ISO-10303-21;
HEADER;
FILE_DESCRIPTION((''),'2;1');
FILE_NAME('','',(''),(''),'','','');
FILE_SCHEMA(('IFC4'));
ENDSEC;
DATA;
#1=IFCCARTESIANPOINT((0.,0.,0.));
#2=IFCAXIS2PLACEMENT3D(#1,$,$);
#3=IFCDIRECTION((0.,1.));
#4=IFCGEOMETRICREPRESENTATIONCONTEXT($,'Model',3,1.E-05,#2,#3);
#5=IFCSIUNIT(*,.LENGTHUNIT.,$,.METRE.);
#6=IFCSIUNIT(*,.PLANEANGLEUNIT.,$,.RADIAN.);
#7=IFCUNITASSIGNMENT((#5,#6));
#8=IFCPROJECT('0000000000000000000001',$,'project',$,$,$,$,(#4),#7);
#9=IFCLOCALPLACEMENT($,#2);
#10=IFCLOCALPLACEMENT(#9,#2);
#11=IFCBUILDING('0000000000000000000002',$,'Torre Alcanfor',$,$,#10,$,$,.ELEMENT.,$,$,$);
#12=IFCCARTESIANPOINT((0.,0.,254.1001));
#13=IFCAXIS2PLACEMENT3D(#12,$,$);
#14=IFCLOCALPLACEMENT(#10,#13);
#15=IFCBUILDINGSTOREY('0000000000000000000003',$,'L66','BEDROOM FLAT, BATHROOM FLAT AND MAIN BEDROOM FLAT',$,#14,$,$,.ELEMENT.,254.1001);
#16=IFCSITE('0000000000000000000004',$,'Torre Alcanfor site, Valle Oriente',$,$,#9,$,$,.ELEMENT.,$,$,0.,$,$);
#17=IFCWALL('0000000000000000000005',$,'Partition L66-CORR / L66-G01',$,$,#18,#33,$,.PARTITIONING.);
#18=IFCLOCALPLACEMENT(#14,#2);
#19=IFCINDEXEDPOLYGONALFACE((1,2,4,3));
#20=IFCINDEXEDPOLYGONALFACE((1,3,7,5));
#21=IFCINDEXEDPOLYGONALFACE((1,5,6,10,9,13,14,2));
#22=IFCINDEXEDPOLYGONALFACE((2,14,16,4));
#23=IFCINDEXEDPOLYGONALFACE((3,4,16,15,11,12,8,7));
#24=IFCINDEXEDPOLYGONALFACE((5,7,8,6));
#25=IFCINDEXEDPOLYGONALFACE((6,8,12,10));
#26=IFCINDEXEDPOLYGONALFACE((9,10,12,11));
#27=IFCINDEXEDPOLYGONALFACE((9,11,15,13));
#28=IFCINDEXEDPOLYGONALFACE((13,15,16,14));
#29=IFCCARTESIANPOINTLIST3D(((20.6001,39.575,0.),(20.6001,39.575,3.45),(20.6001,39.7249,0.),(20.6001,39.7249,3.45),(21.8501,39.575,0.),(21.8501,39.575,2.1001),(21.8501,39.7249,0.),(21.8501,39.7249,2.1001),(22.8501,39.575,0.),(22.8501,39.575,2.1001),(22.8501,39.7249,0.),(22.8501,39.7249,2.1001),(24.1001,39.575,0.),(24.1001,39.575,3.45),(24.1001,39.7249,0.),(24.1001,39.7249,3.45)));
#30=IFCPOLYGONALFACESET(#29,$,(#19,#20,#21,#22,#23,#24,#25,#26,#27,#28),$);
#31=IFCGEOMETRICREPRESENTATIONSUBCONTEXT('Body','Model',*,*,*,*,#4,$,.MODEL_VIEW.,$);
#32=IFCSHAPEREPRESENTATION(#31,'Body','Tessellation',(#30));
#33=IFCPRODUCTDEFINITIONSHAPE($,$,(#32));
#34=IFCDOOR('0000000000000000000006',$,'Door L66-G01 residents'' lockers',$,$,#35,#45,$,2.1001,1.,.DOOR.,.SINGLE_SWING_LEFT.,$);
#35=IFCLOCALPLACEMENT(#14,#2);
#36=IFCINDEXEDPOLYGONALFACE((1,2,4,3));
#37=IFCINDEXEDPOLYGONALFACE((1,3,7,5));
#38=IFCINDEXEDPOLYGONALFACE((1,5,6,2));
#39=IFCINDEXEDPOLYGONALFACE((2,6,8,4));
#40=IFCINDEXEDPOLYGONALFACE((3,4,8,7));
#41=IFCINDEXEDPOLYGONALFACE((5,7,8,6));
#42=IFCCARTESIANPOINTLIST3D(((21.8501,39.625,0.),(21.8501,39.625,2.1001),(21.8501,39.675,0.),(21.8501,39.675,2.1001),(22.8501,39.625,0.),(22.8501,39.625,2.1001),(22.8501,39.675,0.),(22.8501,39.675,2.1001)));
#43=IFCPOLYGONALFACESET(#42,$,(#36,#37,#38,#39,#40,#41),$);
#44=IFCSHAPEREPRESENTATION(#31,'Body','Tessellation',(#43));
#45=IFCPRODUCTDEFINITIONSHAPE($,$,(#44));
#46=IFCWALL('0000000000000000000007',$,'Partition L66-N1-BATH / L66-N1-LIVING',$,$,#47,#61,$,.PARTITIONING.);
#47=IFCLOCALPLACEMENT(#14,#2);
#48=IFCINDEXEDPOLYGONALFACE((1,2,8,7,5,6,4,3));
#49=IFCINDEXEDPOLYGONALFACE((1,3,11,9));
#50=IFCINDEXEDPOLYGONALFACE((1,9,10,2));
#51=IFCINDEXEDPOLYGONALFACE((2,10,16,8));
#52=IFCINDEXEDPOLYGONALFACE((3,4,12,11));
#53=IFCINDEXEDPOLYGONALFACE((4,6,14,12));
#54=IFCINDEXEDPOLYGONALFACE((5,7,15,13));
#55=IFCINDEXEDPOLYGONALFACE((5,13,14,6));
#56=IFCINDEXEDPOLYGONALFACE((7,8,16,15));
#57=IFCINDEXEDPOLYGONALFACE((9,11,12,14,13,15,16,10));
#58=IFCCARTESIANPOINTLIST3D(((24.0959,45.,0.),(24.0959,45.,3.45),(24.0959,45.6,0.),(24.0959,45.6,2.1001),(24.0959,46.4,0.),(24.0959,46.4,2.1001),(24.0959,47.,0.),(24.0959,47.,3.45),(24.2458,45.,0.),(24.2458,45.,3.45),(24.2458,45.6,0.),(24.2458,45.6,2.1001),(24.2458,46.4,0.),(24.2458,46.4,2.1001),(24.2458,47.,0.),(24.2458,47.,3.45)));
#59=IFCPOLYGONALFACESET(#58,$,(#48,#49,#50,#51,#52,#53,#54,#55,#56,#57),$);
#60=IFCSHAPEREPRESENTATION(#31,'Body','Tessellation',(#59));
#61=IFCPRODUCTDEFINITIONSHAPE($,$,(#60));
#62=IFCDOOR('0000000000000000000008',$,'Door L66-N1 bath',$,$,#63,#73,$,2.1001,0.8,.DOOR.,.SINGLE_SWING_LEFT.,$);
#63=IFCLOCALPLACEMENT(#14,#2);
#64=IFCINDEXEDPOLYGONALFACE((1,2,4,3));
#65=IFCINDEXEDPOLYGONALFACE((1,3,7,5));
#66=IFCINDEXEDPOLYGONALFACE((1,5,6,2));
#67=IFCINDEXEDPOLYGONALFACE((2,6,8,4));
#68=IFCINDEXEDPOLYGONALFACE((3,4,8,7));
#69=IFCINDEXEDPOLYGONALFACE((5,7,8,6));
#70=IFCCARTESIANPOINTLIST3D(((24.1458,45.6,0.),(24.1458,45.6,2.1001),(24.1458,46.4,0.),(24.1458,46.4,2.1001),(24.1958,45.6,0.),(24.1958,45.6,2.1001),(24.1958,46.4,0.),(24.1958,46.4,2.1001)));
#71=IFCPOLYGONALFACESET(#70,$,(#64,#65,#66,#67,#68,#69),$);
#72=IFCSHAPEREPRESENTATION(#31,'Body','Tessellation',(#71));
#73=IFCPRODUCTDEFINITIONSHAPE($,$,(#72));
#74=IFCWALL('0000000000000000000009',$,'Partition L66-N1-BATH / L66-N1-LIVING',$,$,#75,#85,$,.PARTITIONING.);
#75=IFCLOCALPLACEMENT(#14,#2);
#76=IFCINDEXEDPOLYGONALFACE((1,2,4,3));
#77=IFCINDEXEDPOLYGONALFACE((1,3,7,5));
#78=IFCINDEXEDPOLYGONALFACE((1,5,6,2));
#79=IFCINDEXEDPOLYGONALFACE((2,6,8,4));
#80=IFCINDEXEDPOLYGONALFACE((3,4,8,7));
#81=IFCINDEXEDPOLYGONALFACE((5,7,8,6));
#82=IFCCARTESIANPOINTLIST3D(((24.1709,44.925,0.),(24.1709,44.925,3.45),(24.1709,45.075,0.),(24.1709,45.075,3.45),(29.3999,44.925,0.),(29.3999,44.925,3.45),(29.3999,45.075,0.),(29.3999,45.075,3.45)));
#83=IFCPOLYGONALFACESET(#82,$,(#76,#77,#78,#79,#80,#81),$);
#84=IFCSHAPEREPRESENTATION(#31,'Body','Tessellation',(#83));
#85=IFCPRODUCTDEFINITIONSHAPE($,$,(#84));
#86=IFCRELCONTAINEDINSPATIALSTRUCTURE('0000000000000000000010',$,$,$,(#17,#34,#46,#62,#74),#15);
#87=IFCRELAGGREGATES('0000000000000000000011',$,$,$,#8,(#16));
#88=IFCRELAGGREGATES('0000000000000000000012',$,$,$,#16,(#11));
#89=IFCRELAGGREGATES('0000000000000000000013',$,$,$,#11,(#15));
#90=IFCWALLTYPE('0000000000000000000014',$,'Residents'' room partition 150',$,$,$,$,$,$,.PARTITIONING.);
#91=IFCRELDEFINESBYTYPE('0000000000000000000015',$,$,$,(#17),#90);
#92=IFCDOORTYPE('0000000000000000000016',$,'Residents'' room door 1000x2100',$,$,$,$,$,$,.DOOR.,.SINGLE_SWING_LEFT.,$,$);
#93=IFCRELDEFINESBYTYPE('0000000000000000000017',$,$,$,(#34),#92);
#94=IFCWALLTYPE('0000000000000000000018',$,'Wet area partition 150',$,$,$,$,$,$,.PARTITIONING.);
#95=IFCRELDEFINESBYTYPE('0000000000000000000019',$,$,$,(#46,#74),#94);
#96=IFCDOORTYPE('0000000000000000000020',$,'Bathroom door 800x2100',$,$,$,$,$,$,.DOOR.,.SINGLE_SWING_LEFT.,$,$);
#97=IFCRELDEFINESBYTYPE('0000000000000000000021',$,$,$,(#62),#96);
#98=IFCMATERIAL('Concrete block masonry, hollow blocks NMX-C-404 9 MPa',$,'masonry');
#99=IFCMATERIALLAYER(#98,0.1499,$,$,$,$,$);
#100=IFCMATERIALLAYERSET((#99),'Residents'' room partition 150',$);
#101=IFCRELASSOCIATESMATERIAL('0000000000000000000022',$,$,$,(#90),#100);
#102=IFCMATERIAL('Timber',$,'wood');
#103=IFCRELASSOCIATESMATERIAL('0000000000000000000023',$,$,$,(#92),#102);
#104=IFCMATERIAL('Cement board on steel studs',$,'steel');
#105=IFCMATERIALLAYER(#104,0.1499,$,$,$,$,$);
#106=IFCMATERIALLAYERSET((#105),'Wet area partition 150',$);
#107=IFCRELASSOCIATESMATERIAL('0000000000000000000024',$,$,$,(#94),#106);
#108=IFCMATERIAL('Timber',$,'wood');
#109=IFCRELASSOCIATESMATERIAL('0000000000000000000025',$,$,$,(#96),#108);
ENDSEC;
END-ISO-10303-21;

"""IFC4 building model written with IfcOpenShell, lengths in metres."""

from ifc_helpers import new_model, si_unit, direction, frame, frame_2d, origin, place, context, subcontext, project, spatial, rectangle, extrude, material, layer, layer_set, type_object, element, fill, save


model = new_model("IFC4")

# Units and contexts
model_context = context("Model", 3, precision=1e-05, world=origin(), true_north=direction((0.0, 1.0)))
body_context = subcontext(model_context, "Body", "Model", "MODEL_VIEW")
ifc_project = project(units=[si_unit("LENGTHUNIT", "METRE"), si_unit("PLANEANGLEUNIT", "RADIAN")], contexts=[model_context])

# Site, building, storey
site_placement = place(None, origin())
site = spatial("IfcSite", under=ifc_project, at=site_placement, Name="Torre Alcanfor site, Valle Oriente", CompositionType="ELEMENT", RefElevation=0.0)
building_placement = place(site_placement, origin())
building = spatial("IfcBuilding", under=site, at=building_placement, Name="Torre Alcanfor", CompositionType="ELEMENT")
storey_placement = place(building_placement, frame((0.0, 0.0, 254.1001)))
storey = spatial("IfcBuildingStorey", under=building, at=storey_placement, Name="L66", Description="BEDROOM FLAT, BATHROOM FLAT AND MAIN BEDROOM FLAT", CompositionType="ELEMENT", Elevation=254.1001)

# Walls, openings, doors
ifc_material_1 = material(Name="Concrete block masonry, hollow blocks NMX-C-404 9 MPa", Category="masonry")
ifc_layer_1 = layer(ifc_material_1, 0.1499)
ifc_layer_set_1 = layer_set([ifc_layer_1], Name="Residents' room partition 150")
wall_type_1 = type_object("IfcWallType", Name="Residents' room partition 150", PredefinedType="PARTITIONING", material=ifc_layer_set_1)
wall_1_placement = place(storey_placement, frame((24.1001, 39.6499, 0.0), z_axis=(0.0, 0.0, 1.0), x_axis=(-1.0, 0.0, 0.0)))
wall_1 = element("IfcWall", 1, at=wall_1_placement, inside=storey, type_object=wall_type_1, Name="Partition L66-CORR / L66-G01", PredefinedType="PARTITIONING", context=body_context, shape_type="SweptSolid", body=[
    extrude(rectangle(XDim=3.5, YDim=0.1499, at=frame_2d((1.75, 0.0))), origin(), (0.0, 0.0, 1.0), 3.45),
])
opening_1_placement = place(wall_1_placement, frame((1.25, 0.0, 0.0)))
opening_1 = element("IfcOpeningElement", 2, at=opening_1_placement, cuts=wall_1, PredefinedType="OPENING", context=body_context, shape_type="SweptSolid", body=[
    extrude(rectangle(XDim=1.0, YDim=2.1001, at=frame_2d((0.5, 1.05))), frame((0.0, 0.085, 0.0), z_axis=(0.0, -1.0, 0.0), x_axis=(1.0, 0.0, 0.0)), (0.0, 0.0, 1.0), 0.1699),
])
ifc_material_2 = material(Name="Timber", Category="wood")
door_type_1 = type_object("IfcDoorType", Name="Residents' room door 1000x2100", OperationType="SINGLE_SWING_LEFT", PredefinedType="DOOR", material=ifc_material_2)
door_1_placement = place(opening_1_placement, origin())
door_1 = element("IfcDoor", 3, at=door_1_placement, inside=storey, type_object=door_type_1, Name="Door L66-G01 residents' lockers", OperationType="SINGLE_SWING_LEFT", OverallHeight=2.1001, OverallWidth=1.0, PredefinedType="DOOR", context=body_context, shape_type="SweptSolid", body=[
    extrude(rectangle(XDim=1.0, YDim=2.1001, at=frame_2d((0.5, 1.05))), frame((0.0, 0.0249, 0.0), z_axis=(0.0, -1.0, 0.0), x_axis=(1.0, 0.0, 0.0)), (0.0, 0.0, 1.0), 0.05),
])
fill(opening_1, door_1)
ifc_material_3 = material(Name="Cement board on steel studs", Category="steel")
ifc_layer_2 = layer(ifc_material_3, 0.1499)
ifc_layer_set_2 = layer_set([ifc_layer_2], Name="Wet area partition 150")
wall_type_2 = type_object("IfcWallType", Name="Wet area partition 150", PredefinedType="PARTITIONING", material=ifc_layer_set_2)
wall_2_placement = place(storey_placement, frame((24.1709, 47.0, 0.0), z_axis=(0.0, 0.0, 1.0), x_axis=(0.0, -1.0, 0.0)))
wall_2 = element("IfcWall", 4, at=wall_2_placement, inside=storey, type_object=wall_type_2, Name="Partition L66-N1-BATH / L66-N1-LIVING", PredefinedType="PARTITIONING", context=body_context, shape_type="SweptSolid", body=[
    extrude(rectangle(XDim=2.0, YDim=0.1499, at=frame_2d((1.0, 0.0))), origin(), (0.0, 0.0, 1.0), 3.45),
])
opening_2_placement = place(wall_2_placement, frame((0.6001, 0.0, 0.0)))
opening_2 = element("IfcOpeningElement", 5, at=opening_2_placement, cuts=wall_2, PredefinedType="OPENING", context=body_context, shape_type="SweptSolid", body=[
    extrude(rectangle(XDim=0.8, YDim=2.1001, at=frame_2d((0.3999, 1.05))), frame((0.0, 0.085, 0.0), z_axis=(0.0, -1.0, 0.0), x_axis=(1.0, 0.0, 0.0)), (0.0, 0.0, 1.0), 0.1699),
])
ifc_material_4 = material(Name="Timber", Category="wood")
door_type_2 = type_object("IfcDoorType", Name="Bathroom door 800x2100", OperationType="SINGLE_SWING_LEFT", PredefinedType="DOOR", material=ifc_material_4)
door_2_placement = place(opening_2_placement, origin())
door_2 = element("IfcDoor", 6, at=door_2_placement, inside=storey, type_object=door_type_2, Name="Door L66-N1 bath", OperationType="SINGLE_SWING_LEFT", OverallHeight=2.1001, OverallWidth=0.8, PredefinedType="DOOR", context=body_context, shape_type="SweptSolid", body=[
    extrude(rectangle(XDim=0.8, YDim=2.1001, at=frame_2d((0.3999, 1.05))), frame((0.0, 0.0249, 0.0), z_axis=(0.0, -1.0, 0.0), x_axis=(1.0, 0.0, 0.0)), (0.0, 0.0, 1.0), 0.05),
])
fill(opening_2, door_2)

# Wall
wall_3_placement = place(storey_placement, frame((24.1709, 45.0, 0.0), z_axis=(0.0, 0.0, 1.0), x_axis=(1.0, 0.0, 0.0)))
element("IfcWall", 7, at=wall_3_placement, inside=storey, type_object=wall_type_2, Name="Partition L66-N1-BATH / L66-N1-LIVING", PredefinedType="PARTITIONING", context=body_context, shape_type="SweptSolid", body=[
    extrude(rectangle(XDim=5.229, YDim=0.1499, at=frame_2d((2.6145, 0.0))), origin(), (0.0, 0.0, 1.0), 3.45),
])

save(model, "model.ifc")
